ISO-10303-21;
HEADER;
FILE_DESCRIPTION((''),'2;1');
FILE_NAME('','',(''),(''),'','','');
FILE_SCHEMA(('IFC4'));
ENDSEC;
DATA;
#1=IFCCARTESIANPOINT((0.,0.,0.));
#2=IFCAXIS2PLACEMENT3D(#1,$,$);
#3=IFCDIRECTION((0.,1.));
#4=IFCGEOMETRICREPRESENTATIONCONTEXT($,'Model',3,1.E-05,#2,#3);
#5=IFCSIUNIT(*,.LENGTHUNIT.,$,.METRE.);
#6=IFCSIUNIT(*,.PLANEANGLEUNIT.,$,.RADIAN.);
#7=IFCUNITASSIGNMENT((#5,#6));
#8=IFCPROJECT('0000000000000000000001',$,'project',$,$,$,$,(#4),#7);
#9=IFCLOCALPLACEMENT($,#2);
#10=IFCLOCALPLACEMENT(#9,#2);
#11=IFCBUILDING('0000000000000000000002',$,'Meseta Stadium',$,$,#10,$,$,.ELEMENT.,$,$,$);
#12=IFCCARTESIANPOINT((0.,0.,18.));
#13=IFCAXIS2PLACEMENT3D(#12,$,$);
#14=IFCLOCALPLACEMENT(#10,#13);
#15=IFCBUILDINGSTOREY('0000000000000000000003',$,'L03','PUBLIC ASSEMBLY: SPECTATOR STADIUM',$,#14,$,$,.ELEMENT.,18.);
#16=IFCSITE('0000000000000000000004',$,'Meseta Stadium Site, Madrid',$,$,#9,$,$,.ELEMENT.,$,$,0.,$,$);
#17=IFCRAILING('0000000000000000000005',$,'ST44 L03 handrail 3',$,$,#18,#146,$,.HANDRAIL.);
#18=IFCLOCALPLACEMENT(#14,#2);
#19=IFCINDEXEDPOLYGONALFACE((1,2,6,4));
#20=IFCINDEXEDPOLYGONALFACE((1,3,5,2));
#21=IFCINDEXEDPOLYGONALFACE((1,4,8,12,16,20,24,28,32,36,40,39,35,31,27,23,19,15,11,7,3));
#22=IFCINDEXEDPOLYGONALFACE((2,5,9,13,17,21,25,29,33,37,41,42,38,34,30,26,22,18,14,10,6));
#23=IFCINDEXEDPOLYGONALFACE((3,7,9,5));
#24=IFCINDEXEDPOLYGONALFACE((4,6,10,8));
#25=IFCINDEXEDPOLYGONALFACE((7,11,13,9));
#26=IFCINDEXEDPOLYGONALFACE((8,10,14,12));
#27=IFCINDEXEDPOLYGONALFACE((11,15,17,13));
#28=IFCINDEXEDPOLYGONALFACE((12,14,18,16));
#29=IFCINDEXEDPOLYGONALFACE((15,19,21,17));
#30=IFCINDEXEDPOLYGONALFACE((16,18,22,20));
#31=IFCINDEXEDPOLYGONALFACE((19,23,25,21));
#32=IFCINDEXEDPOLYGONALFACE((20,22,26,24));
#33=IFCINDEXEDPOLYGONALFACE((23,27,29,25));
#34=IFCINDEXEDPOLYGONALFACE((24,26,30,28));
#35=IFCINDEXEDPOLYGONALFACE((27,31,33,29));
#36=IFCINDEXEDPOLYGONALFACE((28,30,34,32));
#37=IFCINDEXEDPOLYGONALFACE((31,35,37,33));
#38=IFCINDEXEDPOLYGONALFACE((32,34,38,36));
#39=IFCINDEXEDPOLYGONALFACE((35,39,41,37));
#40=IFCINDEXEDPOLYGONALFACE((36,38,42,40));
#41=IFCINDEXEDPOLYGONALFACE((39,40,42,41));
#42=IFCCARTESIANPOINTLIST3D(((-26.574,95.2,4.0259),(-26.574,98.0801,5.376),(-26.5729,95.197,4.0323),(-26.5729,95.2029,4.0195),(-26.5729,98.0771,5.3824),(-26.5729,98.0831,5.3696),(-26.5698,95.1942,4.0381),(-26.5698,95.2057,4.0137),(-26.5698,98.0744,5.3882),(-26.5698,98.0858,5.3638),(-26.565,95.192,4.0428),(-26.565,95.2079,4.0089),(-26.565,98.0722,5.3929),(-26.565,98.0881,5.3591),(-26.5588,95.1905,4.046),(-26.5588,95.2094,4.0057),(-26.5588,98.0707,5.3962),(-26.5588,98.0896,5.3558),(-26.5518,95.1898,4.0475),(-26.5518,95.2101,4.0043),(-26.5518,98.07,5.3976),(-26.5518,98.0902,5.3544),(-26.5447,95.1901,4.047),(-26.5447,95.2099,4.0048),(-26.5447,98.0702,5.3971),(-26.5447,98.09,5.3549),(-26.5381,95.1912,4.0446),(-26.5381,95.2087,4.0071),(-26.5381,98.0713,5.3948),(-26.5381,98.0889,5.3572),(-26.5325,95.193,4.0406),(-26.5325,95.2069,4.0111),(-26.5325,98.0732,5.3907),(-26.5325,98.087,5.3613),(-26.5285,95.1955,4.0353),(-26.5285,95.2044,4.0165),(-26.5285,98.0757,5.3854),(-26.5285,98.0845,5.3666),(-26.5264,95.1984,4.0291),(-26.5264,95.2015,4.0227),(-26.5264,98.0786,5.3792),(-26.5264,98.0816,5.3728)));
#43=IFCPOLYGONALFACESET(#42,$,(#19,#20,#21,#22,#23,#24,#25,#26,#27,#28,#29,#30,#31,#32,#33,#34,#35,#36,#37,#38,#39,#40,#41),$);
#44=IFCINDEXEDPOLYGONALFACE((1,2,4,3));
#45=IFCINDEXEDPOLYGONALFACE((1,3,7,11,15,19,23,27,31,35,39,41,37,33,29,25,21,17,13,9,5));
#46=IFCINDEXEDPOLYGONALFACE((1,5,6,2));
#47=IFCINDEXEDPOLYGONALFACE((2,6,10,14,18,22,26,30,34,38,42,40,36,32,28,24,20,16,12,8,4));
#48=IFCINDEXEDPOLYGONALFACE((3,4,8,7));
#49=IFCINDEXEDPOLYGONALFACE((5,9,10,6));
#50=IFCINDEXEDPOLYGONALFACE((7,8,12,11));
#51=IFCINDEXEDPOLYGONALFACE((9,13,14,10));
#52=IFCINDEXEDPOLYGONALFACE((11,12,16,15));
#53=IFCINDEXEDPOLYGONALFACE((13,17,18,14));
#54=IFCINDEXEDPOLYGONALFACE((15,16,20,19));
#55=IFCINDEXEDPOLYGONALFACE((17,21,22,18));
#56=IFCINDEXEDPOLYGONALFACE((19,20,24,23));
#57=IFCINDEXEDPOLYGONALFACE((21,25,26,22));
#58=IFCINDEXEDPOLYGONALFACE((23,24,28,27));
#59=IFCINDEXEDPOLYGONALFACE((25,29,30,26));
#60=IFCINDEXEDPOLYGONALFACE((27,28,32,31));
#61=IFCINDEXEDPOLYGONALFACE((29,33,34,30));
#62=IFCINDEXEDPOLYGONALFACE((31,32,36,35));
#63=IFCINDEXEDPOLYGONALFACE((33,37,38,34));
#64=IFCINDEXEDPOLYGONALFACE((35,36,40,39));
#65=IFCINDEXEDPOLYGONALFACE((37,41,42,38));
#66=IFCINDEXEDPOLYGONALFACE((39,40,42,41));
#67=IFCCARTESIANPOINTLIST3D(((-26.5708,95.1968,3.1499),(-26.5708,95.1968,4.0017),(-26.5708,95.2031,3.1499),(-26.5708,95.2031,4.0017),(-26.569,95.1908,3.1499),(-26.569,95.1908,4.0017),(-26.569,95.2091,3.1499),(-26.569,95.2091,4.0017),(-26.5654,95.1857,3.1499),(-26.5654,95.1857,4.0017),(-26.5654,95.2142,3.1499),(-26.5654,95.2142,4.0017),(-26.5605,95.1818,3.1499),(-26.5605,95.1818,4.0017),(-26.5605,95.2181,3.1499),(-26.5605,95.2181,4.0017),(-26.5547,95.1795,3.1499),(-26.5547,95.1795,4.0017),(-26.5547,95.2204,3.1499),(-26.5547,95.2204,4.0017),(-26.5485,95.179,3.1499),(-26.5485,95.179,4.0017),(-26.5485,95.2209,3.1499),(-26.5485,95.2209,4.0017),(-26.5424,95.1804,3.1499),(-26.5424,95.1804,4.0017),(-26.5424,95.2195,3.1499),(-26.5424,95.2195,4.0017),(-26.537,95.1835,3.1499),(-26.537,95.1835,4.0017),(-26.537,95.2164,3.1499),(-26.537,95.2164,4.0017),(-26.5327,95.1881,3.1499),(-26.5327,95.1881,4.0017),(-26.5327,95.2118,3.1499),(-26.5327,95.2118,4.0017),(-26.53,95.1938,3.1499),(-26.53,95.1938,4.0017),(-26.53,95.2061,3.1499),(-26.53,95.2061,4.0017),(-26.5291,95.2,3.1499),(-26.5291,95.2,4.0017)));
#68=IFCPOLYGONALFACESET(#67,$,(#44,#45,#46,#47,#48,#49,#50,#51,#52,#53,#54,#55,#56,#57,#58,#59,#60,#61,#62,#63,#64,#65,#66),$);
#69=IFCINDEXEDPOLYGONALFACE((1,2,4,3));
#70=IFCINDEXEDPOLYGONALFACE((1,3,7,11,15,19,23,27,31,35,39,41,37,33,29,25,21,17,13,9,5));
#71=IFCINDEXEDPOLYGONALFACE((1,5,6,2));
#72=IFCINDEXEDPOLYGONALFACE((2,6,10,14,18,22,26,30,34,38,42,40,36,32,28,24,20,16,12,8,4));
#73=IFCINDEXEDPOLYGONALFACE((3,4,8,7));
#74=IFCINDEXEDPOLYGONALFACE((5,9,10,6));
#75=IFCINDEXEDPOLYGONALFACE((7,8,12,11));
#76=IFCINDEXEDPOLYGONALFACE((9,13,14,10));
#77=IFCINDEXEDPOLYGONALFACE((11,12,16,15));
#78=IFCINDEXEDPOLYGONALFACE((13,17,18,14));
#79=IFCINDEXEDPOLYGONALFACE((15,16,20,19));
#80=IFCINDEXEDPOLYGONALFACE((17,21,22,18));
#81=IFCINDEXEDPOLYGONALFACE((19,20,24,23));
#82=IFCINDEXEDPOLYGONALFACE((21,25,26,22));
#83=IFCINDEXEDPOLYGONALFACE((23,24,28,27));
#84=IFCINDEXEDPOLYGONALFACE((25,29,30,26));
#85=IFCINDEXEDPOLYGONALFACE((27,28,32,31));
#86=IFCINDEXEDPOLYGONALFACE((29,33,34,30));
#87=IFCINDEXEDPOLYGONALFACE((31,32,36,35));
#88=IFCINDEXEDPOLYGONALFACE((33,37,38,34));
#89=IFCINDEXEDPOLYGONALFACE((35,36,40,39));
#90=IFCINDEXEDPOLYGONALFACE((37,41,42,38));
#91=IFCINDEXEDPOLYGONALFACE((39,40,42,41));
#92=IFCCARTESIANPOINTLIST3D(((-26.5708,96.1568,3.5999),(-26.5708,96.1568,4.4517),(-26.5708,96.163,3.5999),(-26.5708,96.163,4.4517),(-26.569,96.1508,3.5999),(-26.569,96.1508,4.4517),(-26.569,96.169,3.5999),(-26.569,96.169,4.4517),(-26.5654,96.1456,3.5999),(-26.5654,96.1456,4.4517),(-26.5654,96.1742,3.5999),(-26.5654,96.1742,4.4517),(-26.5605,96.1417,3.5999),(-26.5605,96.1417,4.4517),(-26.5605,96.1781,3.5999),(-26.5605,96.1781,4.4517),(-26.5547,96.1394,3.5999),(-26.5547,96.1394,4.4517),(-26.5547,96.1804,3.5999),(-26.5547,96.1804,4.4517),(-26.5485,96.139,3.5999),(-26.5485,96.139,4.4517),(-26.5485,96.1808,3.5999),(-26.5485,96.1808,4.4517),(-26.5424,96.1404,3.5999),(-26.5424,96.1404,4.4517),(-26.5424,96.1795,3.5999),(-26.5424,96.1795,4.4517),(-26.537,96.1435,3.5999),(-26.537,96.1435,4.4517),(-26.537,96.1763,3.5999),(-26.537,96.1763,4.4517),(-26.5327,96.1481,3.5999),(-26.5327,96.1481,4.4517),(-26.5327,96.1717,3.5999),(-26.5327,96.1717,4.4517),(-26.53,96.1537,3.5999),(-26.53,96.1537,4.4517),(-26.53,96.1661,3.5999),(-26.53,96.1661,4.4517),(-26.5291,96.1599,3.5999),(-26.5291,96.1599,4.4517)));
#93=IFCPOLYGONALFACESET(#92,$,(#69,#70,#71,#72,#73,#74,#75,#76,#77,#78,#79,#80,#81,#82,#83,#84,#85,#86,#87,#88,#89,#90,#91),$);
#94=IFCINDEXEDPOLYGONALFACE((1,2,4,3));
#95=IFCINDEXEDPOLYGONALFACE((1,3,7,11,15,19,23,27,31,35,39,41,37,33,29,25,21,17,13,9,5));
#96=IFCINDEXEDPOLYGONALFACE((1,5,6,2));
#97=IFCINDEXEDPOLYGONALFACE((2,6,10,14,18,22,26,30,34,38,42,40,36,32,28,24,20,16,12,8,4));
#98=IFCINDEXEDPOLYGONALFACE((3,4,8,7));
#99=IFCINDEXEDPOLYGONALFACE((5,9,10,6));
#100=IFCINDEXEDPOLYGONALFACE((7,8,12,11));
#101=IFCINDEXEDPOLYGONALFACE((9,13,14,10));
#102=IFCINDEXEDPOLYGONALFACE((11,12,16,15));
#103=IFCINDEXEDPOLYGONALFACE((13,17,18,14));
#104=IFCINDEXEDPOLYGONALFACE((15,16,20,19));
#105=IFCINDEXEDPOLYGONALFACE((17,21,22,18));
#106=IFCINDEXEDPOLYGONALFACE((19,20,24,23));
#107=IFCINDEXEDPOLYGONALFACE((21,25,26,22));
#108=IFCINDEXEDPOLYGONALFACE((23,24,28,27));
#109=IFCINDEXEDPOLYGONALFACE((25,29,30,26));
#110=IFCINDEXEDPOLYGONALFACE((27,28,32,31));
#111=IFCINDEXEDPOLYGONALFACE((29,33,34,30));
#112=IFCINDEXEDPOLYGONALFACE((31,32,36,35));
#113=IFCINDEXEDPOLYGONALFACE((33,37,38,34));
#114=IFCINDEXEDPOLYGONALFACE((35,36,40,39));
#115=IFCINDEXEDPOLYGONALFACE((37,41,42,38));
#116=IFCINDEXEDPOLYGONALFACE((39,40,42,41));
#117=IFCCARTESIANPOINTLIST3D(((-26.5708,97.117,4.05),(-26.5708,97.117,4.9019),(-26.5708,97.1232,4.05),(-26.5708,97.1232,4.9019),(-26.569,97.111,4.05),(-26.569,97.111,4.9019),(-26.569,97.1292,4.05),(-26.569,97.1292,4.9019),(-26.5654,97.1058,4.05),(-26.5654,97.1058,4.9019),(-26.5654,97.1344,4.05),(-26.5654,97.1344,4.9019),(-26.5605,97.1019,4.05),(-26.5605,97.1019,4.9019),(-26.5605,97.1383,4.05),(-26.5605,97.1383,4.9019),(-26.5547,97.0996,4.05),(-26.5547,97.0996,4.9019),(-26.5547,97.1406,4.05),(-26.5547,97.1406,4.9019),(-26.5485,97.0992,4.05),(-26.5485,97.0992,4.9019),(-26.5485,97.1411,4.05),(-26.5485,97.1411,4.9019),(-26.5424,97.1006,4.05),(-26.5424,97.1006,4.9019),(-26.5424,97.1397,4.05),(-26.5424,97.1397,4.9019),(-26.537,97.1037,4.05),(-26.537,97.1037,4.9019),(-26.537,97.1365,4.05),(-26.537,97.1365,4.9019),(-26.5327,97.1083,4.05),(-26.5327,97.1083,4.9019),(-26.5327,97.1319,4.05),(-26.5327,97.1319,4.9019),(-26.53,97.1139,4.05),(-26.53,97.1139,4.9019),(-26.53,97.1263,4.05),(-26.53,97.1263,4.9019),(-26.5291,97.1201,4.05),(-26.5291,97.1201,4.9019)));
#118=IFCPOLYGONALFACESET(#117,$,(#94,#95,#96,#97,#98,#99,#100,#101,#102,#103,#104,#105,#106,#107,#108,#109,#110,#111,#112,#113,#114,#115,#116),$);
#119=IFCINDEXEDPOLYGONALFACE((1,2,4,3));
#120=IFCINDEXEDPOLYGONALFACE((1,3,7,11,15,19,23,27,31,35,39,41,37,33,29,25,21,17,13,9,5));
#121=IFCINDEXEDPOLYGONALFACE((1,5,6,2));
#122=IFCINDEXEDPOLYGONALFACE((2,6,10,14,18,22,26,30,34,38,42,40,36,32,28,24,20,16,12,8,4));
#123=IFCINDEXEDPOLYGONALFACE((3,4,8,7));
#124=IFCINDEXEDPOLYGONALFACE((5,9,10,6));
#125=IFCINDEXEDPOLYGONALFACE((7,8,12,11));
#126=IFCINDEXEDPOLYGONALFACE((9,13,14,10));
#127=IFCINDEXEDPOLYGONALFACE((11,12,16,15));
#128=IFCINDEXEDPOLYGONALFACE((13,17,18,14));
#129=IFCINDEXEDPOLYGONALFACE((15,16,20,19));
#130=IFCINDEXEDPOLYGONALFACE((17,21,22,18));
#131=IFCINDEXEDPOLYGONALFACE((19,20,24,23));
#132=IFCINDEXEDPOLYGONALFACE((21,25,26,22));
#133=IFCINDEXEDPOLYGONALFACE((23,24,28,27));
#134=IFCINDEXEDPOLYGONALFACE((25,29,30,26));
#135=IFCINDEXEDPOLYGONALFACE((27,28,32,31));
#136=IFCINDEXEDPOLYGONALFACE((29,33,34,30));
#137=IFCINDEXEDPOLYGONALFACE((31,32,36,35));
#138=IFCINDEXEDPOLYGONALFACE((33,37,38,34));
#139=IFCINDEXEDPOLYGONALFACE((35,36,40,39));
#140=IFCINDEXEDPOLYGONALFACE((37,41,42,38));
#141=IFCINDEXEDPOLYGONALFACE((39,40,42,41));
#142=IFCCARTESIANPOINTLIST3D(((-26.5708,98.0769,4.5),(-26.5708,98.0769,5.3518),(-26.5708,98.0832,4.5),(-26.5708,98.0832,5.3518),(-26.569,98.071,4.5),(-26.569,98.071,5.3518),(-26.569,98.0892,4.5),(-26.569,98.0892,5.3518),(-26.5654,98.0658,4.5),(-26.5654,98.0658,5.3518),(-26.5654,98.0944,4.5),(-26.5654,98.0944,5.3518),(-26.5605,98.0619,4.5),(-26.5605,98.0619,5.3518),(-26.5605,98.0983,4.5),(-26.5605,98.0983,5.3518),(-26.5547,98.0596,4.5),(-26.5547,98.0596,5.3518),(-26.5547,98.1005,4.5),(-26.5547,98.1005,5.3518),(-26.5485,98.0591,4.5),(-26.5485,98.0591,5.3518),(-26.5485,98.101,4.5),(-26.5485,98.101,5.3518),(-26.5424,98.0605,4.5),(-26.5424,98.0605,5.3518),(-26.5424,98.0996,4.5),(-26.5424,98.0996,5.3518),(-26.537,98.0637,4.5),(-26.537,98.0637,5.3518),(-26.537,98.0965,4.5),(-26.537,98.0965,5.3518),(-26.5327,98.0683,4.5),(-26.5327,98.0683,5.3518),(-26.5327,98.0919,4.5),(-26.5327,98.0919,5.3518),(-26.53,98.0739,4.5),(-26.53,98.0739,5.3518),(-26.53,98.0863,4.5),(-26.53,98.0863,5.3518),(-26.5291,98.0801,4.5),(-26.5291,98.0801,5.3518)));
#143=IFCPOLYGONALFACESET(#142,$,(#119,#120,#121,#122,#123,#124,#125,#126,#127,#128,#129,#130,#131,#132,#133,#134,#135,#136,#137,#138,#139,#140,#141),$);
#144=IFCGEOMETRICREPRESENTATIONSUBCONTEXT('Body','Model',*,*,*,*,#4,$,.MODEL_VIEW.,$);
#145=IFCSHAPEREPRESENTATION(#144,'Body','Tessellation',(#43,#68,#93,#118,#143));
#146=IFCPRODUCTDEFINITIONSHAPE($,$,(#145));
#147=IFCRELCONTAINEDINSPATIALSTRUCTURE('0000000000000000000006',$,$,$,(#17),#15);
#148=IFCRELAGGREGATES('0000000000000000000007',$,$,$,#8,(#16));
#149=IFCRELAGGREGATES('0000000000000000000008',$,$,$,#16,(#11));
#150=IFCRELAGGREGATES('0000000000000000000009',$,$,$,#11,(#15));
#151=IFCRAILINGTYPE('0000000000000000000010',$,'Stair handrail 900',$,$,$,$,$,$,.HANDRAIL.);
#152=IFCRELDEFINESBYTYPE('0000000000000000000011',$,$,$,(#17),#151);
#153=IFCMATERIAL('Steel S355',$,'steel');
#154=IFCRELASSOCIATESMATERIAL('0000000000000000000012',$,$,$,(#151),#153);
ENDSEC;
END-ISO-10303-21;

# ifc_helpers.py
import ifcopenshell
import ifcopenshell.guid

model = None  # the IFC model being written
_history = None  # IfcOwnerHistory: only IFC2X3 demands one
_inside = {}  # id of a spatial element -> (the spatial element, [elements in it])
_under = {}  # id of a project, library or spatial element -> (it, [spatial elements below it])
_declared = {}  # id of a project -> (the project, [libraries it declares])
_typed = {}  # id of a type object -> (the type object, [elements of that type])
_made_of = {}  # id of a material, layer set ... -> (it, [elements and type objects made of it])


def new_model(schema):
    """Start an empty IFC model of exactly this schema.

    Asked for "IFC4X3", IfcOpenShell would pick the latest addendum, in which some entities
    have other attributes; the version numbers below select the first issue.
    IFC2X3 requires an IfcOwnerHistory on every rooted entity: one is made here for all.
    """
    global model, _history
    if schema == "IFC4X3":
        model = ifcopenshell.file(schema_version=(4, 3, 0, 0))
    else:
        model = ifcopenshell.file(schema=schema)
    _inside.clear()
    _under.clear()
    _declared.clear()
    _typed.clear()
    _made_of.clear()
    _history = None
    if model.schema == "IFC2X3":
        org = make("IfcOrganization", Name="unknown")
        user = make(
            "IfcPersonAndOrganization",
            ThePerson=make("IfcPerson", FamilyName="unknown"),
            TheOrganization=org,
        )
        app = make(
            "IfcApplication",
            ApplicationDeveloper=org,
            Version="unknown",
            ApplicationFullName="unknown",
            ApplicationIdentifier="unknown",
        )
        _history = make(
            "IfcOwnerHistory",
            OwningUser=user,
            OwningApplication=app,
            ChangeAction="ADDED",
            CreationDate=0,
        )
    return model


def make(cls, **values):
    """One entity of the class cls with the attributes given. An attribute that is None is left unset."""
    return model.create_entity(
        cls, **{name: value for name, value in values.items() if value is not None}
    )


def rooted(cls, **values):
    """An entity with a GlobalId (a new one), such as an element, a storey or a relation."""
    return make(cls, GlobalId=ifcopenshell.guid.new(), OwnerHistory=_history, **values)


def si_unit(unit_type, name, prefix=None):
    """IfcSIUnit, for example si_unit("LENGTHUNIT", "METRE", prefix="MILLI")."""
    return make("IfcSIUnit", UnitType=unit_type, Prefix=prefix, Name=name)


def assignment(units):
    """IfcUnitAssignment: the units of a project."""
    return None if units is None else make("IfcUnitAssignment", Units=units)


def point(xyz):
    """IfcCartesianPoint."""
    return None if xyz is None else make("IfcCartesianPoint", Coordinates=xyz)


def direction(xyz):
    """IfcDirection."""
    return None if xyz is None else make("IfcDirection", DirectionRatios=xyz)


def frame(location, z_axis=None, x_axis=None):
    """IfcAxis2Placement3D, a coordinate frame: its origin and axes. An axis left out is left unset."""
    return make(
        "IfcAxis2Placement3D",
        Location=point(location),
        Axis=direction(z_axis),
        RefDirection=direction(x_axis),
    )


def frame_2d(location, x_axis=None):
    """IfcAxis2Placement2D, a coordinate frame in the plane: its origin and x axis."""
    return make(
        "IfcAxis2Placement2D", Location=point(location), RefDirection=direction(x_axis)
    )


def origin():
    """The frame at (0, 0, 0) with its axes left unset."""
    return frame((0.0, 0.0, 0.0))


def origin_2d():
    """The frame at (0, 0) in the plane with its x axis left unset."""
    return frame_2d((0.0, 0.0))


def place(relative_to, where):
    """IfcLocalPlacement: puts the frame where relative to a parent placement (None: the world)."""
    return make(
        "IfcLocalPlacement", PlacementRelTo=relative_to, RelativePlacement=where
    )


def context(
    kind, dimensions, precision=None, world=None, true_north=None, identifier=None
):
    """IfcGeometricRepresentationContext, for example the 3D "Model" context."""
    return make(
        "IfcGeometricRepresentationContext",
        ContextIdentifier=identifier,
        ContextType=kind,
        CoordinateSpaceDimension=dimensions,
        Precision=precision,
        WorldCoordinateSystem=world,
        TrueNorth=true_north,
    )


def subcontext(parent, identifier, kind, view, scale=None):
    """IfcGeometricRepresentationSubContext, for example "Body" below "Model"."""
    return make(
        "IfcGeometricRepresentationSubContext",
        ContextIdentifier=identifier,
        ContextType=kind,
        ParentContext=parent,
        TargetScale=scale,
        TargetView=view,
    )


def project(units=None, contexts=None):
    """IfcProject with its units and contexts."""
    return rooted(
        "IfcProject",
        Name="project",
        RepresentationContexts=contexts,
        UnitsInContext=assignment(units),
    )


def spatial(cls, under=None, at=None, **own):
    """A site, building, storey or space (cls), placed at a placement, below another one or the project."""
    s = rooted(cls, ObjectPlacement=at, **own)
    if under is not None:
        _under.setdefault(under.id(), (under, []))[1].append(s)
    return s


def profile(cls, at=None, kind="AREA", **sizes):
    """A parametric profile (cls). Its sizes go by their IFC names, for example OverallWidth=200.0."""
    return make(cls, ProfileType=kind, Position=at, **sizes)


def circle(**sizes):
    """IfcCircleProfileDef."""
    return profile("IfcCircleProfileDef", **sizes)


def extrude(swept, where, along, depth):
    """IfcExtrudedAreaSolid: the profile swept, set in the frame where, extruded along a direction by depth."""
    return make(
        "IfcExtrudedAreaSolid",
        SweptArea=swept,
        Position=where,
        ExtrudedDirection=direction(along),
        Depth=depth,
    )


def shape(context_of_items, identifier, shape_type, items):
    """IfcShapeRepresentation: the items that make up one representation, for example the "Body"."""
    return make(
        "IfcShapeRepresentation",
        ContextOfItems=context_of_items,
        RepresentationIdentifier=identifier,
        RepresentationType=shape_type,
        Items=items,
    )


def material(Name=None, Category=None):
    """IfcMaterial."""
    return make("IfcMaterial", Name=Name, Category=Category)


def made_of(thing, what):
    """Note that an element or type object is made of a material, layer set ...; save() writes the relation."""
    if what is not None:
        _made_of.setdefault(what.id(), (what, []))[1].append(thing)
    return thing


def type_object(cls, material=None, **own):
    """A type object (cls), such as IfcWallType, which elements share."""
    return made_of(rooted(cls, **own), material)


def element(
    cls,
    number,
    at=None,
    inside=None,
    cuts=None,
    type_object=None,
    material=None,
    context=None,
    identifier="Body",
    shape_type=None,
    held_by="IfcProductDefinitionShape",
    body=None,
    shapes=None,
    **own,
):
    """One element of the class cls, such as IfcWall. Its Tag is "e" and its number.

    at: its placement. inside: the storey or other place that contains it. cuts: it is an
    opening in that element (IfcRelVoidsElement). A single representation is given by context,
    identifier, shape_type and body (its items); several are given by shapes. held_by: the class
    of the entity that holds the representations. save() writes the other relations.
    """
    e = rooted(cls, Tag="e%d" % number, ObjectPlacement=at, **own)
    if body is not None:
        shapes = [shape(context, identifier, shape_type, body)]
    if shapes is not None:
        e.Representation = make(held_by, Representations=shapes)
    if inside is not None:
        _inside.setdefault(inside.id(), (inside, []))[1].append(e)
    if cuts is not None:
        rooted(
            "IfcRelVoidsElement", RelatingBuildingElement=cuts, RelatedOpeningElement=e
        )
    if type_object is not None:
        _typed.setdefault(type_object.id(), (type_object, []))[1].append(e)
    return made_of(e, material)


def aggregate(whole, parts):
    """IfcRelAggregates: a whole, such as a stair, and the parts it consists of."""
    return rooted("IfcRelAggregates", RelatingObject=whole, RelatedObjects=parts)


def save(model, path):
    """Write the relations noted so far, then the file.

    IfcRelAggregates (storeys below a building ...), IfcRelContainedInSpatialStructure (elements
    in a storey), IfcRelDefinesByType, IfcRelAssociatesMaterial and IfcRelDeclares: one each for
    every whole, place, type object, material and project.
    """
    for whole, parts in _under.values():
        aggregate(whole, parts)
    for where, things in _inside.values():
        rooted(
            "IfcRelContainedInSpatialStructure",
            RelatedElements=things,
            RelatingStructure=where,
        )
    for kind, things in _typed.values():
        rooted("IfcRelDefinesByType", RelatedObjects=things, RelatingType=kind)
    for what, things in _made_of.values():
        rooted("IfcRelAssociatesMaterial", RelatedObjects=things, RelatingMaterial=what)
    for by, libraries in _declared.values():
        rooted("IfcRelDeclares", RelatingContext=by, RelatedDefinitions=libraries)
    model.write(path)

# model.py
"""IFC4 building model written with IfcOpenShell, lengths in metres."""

from ifc_helpers import new_model, si_unit, direction, frame, origin, origin_2d, place, context, subcontext, project, spatial, circle, extrude, material, type_object, element, save


model = new_model("IFC4")

# Units and contexts
model_context = context("Model", 3, precision=1e-05, world=origin(), true_north=direction((0.0, 1.0)))
body_context = subcontext(model_context, "Body", "Model", "MODEL_VIEW")
ifc_project = project(units=[si_unit("LENGTHUNIT", "METRE"), si_unit("PLANEANGLEUNIT", "RADIAN")], contexts=[model_context])

# Site, building, storey
site_placement = place(None, origin())
site = spatial("IfcSite", under=ifc_project, at=site_placement, Name="Meseta Stadium Site, Madrid", CompositionType="ELEMENT", RefElevation=0.0)
building_placement = place(site_placement, origin())
building = spatial("IfcBuilding", under=site, at=building_placement, Name="Meseta Stadium", CompositionType="ELEMENT")
storey_placement = place(building_placement, frame((0.0, 0.0, 18.0)))
storey = spatial("IfcBuildingStorey", under=building, at=storey_placement, Name="L03", Description="PUBLIC ASSEMBLY: SPECTATOR STADIUM", CompositionType="ELEMENT", Elevation=18.0)

# Railing
ifc_material_1 = material(Name="Steel S355", Category="steel")
railing_type_1 = type_object("IfcRailingType", Name="Stair handrail 900", PredefinedType="HANDRAIL", material=ifc_material_1)
for number, where, name in (
    (1, (-26.55, 95.2, 3.1499), "ST44 L03 handrail 3"),
):
    element("IfcRailing", number, at=place(storey_placement, frame(where)), inside=storey, type_object=railing_type_1, Name=name, PredefinedType="HANDRAIL", context=body_context, shape_type="SweptSolid", body=[
        extrude(circle(Radius=0.0239, at=origin_2d()), frame((0.0, 0.0, 0.876), z_axis=(0.0, 0.905454, 0.424444), x_axis=(-1.0, 0.0, 0.0)), (0.0, 0.0, 1.0), 3.1809),
        extrude(circle(Radius=0.021, at=origin_2d()), origin(), (0.0, 0.0, 1.0), 0.8518),
        extrude(circle(Radius=0.021, at=origin_2d()), frame((0.0, 0.96, 0.45)), (0.0, 0.0, 1.0), 0.8518),
        extrude(circle(Radius=0.021, at=origin_2d()), frame((0.0, 1.9202, 0.9001)), (0.0, 0.0, 1.0), 0.8518),
        extrude(circle(Radius=0.021, at=origin_2d()), frame((0.0, 2.8801, 1.3501)), (0.0, 0.0, 1.0), 0.8518),
    ])

save(model, "model.ifc")
